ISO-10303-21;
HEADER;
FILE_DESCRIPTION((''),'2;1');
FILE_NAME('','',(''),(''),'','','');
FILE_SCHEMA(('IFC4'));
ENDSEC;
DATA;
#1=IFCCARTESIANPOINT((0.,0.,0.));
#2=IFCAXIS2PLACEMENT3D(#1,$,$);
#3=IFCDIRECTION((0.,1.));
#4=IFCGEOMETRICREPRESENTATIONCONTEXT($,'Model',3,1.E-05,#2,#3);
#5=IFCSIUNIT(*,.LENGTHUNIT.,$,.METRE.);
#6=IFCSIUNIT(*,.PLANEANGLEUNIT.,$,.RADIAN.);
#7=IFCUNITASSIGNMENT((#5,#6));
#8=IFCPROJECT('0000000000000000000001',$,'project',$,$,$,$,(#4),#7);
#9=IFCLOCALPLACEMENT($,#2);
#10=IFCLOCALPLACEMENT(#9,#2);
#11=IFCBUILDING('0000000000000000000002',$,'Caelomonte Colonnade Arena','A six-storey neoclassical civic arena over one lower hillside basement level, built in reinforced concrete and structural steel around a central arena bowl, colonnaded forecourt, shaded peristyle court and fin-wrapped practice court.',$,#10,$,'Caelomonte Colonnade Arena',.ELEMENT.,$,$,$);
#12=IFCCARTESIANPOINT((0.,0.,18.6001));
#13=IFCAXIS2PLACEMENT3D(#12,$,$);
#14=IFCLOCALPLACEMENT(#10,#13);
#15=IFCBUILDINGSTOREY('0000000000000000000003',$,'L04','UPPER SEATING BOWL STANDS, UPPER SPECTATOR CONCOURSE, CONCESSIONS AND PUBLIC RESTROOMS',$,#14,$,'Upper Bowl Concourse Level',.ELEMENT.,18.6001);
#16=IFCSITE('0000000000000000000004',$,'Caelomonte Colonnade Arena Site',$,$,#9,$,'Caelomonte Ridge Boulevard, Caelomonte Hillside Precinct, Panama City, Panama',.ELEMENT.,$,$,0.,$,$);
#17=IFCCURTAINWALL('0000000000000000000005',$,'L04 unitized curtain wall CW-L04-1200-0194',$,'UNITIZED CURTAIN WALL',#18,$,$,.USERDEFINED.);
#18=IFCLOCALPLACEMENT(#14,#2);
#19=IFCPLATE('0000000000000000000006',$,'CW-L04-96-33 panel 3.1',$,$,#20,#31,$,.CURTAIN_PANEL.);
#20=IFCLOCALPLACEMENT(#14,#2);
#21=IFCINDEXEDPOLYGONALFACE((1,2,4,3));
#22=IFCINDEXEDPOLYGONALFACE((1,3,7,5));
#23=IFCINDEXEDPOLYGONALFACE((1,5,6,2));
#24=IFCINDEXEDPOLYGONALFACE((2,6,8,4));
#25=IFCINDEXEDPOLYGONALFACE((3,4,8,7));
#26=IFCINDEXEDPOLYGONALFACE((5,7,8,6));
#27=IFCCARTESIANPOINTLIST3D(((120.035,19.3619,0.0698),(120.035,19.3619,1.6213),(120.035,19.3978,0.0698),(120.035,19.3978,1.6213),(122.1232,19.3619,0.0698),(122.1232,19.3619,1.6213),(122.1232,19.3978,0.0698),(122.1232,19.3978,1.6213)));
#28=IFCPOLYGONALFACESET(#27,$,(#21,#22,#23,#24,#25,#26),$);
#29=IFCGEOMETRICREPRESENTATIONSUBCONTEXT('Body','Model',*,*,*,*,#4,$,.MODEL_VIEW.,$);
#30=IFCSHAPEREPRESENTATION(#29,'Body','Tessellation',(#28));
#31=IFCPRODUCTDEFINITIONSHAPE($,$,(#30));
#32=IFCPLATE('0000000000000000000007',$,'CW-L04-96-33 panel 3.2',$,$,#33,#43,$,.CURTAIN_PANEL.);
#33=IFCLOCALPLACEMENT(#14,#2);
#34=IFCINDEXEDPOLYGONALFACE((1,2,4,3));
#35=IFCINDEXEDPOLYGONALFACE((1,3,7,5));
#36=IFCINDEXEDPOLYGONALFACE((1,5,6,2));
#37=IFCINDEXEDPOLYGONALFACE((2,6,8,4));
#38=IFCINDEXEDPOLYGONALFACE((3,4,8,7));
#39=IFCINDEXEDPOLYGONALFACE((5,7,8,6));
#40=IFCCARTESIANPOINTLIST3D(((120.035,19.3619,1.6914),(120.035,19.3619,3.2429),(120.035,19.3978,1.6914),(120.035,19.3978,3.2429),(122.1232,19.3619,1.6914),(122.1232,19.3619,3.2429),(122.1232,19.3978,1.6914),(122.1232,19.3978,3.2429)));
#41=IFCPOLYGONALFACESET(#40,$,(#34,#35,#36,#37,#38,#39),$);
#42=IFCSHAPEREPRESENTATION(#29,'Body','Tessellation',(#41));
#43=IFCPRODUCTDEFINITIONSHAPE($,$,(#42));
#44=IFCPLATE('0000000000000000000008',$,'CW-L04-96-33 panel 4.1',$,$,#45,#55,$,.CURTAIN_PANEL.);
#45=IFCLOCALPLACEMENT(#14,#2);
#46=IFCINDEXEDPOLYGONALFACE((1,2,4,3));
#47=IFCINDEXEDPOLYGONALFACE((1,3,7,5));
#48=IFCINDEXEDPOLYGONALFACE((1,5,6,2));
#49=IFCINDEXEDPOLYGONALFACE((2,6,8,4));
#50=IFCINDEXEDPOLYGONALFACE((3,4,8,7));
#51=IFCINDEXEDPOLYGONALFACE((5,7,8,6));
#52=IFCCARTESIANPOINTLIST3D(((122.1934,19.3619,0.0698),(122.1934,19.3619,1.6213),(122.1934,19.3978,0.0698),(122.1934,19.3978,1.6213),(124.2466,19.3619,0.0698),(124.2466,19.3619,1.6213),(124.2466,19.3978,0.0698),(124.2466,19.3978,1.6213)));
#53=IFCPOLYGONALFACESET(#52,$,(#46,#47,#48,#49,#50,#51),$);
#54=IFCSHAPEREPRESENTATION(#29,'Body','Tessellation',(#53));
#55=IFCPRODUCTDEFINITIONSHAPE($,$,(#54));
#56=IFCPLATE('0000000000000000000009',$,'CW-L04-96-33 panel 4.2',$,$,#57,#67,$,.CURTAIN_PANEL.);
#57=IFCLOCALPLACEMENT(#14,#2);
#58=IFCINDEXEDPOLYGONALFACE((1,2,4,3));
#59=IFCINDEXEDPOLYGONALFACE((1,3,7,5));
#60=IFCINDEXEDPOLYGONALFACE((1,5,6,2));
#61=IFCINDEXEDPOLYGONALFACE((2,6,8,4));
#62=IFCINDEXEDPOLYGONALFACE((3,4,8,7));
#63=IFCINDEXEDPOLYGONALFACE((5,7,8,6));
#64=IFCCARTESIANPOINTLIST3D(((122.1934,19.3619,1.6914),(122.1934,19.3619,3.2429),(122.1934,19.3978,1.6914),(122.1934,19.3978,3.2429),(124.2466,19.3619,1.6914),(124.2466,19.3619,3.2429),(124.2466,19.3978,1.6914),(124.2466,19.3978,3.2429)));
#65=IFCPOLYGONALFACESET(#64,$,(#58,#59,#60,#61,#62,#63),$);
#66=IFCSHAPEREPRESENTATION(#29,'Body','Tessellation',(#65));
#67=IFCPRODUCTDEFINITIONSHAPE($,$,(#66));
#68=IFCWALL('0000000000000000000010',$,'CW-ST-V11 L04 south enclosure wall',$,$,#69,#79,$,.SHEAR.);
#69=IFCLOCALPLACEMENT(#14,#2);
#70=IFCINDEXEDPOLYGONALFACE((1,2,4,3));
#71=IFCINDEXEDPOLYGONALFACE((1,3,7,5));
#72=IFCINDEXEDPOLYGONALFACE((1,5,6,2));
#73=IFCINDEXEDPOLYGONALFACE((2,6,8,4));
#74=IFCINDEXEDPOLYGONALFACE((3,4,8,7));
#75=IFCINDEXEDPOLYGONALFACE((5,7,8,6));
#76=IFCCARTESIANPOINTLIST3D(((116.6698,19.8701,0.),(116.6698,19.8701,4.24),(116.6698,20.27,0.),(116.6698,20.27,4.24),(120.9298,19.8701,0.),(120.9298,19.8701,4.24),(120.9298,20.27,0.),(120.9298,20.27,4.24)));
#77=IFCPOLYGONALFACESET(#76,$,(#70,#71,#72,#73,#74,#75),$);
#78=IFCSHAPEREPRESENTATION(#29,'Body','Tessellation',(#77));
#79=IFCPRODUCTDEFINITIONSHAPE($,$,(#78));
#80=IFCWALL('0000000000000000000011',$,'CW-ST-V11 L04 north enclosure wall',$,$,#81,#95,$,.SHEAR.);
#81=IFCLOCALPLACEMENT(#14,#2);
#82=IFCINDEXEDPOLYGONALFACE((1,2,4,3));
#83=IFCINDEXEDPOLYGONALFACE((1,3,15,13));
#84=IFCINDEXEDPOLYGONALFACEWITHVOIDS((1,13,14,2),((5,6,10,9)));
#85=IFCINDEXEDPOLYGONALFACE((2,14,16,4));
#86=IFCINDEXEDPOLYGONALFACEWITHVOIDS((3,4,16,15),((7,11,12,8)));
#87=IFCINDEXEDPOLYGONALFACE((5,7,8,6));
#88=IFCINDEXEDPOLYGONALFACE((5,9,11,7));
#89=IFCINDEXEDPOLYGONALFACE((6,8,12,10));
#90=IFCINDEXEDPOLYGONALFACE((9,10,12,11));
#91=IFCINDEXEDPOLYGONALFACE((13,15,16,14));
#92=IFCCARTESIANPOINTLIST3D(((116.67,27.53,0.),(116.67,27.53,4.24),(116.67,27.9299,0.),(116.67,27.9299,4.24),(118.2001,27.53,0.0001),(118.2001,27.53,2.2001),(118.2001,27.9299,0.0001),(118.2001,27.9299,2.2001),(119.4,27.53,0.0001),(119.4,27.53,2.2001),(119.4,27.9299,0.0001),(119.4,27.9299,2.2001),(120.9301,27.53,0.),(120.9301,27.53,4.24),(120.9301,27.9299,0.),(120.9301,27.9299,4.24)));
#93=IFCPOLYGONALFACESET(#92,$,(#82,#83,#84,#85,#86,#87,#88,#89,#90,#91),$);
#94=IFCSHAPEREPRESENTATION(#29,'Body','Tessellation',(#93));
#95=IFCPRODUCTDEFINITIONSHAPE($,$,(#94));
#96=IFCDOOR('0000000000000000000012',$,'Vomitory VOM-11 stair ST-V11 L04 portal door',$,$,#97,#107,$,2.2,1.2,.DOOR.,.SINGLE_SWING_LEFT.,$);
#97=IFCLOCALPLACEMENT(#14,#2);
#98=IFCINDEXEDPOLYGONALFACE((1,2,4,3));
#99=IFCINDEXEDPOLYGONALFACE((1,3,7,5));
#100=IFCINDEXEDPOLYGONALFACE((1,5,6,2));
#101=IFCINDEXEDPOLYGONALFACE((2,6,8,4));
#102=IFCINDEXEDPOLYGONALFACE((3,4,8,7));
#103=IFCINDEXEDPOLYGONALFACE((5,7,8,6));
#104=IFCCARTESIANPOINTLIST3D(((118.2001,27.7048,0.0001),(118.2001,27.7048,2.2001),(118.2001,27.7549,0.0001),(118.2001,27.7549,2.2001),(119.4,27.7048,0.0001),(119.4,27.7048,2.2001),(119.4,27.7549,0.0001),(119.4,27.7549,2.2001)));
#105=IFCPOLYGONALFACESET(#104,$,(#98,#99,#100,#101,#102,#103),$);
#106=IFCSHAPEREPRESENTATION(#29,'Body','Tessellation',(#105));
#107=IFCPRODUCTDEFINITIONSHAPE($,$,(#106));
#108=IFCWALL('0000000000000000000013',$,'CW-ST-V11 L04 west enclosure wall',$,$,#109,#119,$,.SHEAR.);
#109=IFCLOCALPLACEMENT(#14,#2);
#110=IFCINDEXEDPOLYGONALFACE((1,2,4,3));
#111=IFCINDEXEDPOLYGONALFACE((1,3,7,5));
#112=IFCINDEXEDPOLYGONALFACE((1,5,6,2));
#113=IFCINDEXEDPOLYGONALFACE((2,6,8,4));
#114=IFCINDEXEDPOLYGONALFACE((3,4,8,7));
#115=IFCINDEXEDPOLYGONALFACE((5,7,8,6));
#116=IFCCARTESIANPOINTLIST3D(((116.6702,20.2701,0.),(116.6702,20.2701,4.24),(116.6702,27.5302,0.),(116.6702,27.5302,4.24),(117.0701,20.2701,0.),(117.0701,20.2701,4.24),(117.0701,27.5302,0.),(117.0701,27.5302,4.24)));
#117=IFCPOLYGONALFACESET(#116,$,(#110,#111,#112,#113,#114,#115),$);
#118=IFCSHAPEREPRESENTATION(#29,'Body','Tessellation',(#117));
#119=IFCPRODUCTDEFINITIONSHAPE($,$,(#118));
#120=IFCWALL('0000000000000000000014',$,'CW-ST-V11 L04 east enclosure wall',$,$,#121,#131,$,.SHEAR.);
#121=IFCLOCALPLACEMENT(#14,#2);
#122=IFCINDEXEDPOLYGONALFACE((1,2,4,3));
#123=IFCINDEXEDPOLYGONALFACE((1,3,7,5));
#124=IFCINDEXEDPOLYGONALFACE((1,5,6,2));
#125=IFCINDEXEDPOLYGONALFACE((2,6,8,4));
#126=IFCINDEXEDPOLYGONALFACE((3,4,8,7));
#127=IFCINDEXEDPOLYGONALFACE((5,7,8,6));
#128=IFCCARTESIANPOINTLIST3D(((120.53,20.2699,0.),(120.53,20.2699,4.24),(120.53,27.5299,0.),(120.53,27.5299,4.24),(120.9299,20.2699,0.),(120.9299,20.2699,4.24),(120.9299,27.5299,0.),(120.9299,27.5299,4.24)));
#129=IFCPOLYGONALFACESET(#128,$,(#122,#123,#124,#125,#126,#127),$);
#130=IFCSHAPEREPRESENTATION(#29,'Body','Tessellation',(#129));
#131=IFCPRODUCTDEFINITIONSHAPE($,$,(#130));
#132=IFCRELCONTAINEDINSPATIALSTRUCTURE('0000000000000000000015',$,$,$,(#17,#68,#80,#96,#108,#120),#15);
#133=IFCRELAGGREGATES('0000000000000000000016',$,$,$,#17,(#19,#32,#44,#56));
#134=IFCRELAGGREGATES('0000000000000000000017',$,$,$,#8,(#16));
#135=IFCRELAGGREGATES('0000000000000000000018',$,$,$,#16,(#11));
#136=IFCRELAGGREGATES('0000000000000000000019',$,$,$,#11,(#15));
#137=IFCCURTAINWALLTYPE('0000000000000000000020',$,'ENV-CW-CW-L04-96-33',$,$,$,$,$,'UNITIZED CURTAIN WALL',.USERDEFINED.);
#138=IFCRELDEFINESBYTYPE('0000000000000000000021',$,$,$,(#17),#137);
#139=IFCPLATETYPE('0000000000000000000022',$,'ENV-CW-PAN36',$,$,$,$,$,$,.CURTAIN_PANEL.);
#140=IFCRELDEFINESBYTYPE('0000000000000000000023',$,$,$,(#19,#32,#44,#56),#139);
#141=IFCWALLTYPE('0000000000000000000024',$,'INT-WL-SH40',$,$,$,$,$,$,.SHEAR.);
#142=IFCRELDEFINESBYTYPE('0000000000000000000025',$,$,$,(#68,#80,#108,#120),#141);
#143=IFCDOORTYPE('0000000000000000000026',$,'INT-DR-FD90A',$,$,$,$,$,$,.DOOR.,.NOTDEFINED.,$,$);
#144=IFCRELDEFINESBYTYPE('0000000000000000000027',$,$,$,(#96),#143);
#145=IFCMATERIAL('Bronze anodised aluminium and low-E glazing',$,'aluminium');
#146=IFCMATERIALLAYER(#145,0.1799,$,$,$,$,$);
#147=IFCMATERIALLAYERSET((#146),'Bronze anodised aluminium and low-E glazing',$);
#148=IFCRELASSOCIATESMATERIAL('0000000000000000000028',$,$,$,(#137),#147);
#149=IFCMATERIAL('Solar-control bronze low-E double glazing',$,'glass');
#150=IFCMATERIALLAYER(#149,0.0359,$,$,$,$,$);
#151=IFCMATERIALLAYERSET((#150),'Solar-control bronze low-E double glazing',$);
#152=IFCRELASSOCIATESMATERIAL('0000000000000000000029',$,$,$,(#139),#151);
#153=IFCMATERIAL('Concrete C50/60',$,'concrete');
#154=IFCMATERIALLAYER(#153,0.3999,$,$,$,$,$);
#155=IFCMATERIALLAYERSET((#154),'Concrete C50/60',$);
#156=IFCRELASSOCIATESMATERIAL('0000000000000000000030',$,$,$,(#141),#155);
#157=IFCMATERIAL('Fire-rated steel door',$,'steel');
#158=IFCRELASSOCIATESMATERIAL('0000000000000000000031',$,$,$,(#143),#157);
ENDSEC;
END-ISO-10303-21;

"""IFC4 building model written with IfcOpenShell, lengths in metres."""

from ifc_helpers import new_model, si_unit, direction, frame, frame_2d, origin, origin_2d, place, context, subcontext, project, spatial, rectangle, extrude, material, layer, layer_set, type_object, element, fill, aggregate, save


model = new_model("IFC4")

# Units and contexts
model_context = context("Model", 3, precision=1e-05, world=origin(), true_north=direction((0.0, 1.0)))
body_context = subcontext(model_context, "Body", "Model", "MODEL_VIEW")
ifc_project = project(units=[si_unit("LENGTHUNIT", "METRE"), si_unit("PLANEANGLEUNIT", "RADIAN")], contexts=[model_context])

# Site, building, storey
site_placement = place(None, origin())
site = spatial("IfcSite", under=ifc_project, at=site_placement, Name="Caelomonte Colonnade Arena Site", LongName="Caelomonte Ridge Boulevard, Caelomonte Hillside Precinct, Panama City, Panama", CompositionType="ELEMENT", RefElevation=0.0)
building_placement = place(site_placement, origin())
building = spatial("IfcBuilding", under=site, at=building_placement, Name="Caelomonte Colonnade Arena", Description="A six-storey neoclassical civic arena over one lower hillside basement level, built in reinforced concrete and structural steel around a central arena bowl, colonnaded forecourt, shaded peristyle court and fin-wrapped practice court.", LongName="Caelomonte Colonnade Arena", CompositionType="ELEMENT")
storey_placement = place(building_placement, frame((0.0, 0.0, 18.6001)))
storey = spatial("IfcBuildingStorey", under=building, at=storey_placement, Name="L04", Description="UPPER SEATING BOWL STANDS, UPPER SPECTATOR CONCOURSE, CONCESSIONS AND PUBLIC RESTROOMS", LongName="Upper Bowl Concourse Level", CompositionType="ELEMENT", Elevation=18.6001)

# Curtain wall
ifc_material_1 = material(Name="Bronze anodised aluminium and low-E glazing", Category="aluminium")
ifc_layer_1 = layer(ifc_material_1, 0.1799)
ifc_layer_set_1 = layer_set([ifc_layer_1], Name="Bronze anodised aluminium and low-E glazing")
curtain_wall_type = type_object("IfcCurtainWallType", Name="ENV-CW-CW-L04-96-33", ElementType="UNITIZED CURTAIN WALL", PredefinedType="USERDEFINED", material=ifc_layer_set_1)
curtain_wall_placement = place(storey_placement, origin())
curtain_wall = element("IfcCurtainWall", 1, at=curtain_wall_placement, inside=storey, type_object=curtain_wall_type, Name="L04 unitized curtain wall CW-L04-1200-0194", ObjectType="UNITIZED CURTAIN WALL", PredefinedType="USERDEFINED")

# Plates
ifc_material_2 = material(Name="Solar-control bronze low-E double glazing", Category="glass")
ifc_layer_2 = layer(ifc_material_2, 0.0359)
ifc_layer_set_2 = layer_set([ifc_layer_2], Name="Solar-control bronze low-E double glazing")
plate_type = type_object("IfcPlateType", Name="ENV-CW-PAN36", PredefinedType="CURTAIN_PANEL", material=ifc_layer_set_2)
plate_1_placement = place(storey_placement, frame((121.0791, 19.3799, 0.0698), z_axis=(0.0, 0.0, 1.0), x_axis=(1.0, 0.0, 0.0)))
plate_1 = element("IfcPlate", 2, at=plate_1_placement, type_object=plate_type, Name="CW-L04-96-33 panel 3.1", PredefinedType="CURTAIN_PANEL", context=body_context, shape_type="SweptSolid", body=[
    extrude(rectangle(XDim=2.0881, YDim=0.0359, at=origin_2d()), origin(), (0.0, 0.0, 1.0), 1.5515),
])
plate_2_placement = place(storey_placement, frame((121.0791, 19.3799, 1.6914), z_axis=(0.0, 0.0, 1.0), x_axis=(1.0, 0.0, 0.0)))
plate_2 = element("IfcPlate", 3, at=plate_2_placement, type_object=plate_type, Name="CW-L04-96-33 panel 3.2", PredefinedType="CURTAIN_PANEL", context=body_context, shape_type="SweptSolid", body=[
    extrude(rectangle(XDim=2.0881, YDim=0.0359, at=origin_2d()), origin(), (0.0, 0.0, 1.0), 1.5515),
])
plate_3_placement = place(storey_placement, frame((123.22, 19.3799, 0.0698), z_axis=(0.0, 0.0, 1.0), x_axis=(1.0, 0.0, 0.0)))
plate_3 = element("IfcPlate", 4, at=plate_3_placement, type_object=plate_type, Name="CW-L04-96-33 panel 4.1", PredefinedType="CURTAIN_PANEL", context=body_context, shape_type="SweptSolid", body=[
    extrude(rectangle(XDim=2.0532, YDim=0.0359, at=origin_2d()), origin(), (0.0, 0.0, 1.0), 1.5515),
])
plate_4_placement = place(storey_placement, frame((123.22, 19.3799, 1.6914), z_axis=(0.0, 0.0, 1.0), x_axis=(1.0, 0.0, 0.0)))
plate_4 = element("IfcPlate", 5, at=plate_4_placement, type_object=plate_type, Name="CW-L04-96-33 panel 4.2", PredefinedType="CURTAIN_PANEL", context=body_context, shape_type="SweptSolid", body=[
    extrude(rectangle(XDim=2.0532, YDim=0.0359, at=origin_2d()), origin(), (0.0, 0.0, 1.0), 1.5515),
])
aggregate(curtain_wall, [plate_1, plate_2, plate_3, plate_4])

# Wall
ifc_material_3 = material(Name="Concrete C50/60", Category="concrete")
ifc_layer_3 = layer(ifc_material_3, 0.3999)
ifc_layer_set_3 = layer_set([ifc_layer_3], Name="Concrete C50/60")
wall_type = type_object("IfcWallType", Name="INT-WL-SH40", PredefinedType="SHEAR", material=ifc_layer_set_3)
wall_1_placement = place(storey_placement, frame((116.6699, 20.0701, 0.0), z_axis=(0.0, 0.0, 1.0), x_axis=(1.0, 0.0, 0.0)))
element("IfcWall", 6, at=wall_1_placement, inside=storey, type_object=wall_type, Name="CW-ST-V11 L04 south enclosure wall", PredefinedType="SHEAR", context=body_context, shape_type="SweptSolid", body=[
    extrude(rectangle(XDim=4.26, YDim=0.3999, at=frame_2d((2.1299, 0.0))), origin(), (0.0, 0.0, 1.0), 4.24),
])

# Wall, opening, door
wall_2_placement = place(storey_placement, frame((120.9299, 27.73, 0.0), z_axis=(0.0, 0.0, 1.0), x_axis=(-1.0, 0.0, 0.0)))
wall_2 = element("IfcWall", 7, at=wall_2_placement, inside=storey, type_object=wall_type, Name="CW-ST-V11 L04 north enclosure wall", PredefinedType="SHEAR", context=body_context, shape_type="SweptSolid", body=[
    extrude(rectangle(XDim=4.26, YDim=0.3999, at=frame_2d((2.1299, 0.0))), origin(), (0.0, 0.0, 1.0), 4.24),
])
opening_placement = place(wall_2_placement, frame((2.73, 0.0, 0.0), z_axis=(0.0, 0.0, 1.0), x_axis=(-1.0, 0.0, 0.0)))
opening = element("IfcOpeningElement", 8, at=opening_placement, cuts=wall_2, PredefinedType="OPENING", context=body_context, shape_type="SweptSolid", body=[
    extrude(rectangle(XDim=1.2, YDim=2.2, at=frame_2d((0.6001, 1.1001))), frame((0.0, 0.21, 0.0), z_axis=(0.0, -1.0, 0.0), x_axis=(1.0, 0.0, 0.0)), (0.0, 0.0, 1.0), 0.4199),
])
ifc_material_4 = material(Name="Fire-rated steel door", Category="steel")
door_type = type_object("IfcDoorType", Name="INT-DR-FD90A", OperationType="NOTDEFINED", PredefinedType="DOOR", material=ifc_material_4)
door_placement = place(opening_placement, origin())
door = element("IfcDoor", 9, at=door_placement, inside=storey, type_object=door_type, Name="Vomitory VOM-11 stair ST-V11 L04 portal door", OperationType="SINGLE_SWING_LEFT", OverallHeight=2.2, OverallWidth=1.2, PredefinedType="DOOR", context=body_context, shape_type="SweptSolid", body=[
    extrude(rectangle(XDim=1.2, YDim=2.2, at=frame_2d((0.6001, 1.1001))), frame((0.0, 0.0249, 0.0), z_axis=(0.0, -1.0, 0.0), x_axis=(1.0, 0.0, 0.0)), (0.0, 0.0, 1.0), 0.05),
])
fill(opening, door)

# Walls
for number, where, z_axis, x_axis, name in (
    (10, (116.8701, 27.53, 0.0), (0.0, 0.0, 1.0), (0.0, -1.0, 0.0), "CW-ST-V11 L04 west enclosure wall"),
    (11, (120.73, 20.27, 0.0), (0.0, 0.0, 1.0), (0.0, 1.0, 0.0), "CW-ST-V11 L04 east enclosure wall"),
):
    element("IfcWall", number, at=place(storey_placement, frame(where, z_axis=z_axis, x_axis=x_axis)), inside=storey, type_object=wall_type, Name=name, PredefinedType="SHEAR", context=body_context, shape_type="SweptSolid", body=[
        extrude(rectangle(XDim=7.26, YDim=0.3999, at=frame_2d((3.6299, 0.0))), origin(), (0.0, 0.0, 1.0), 4.24),
    ])

save(model, "model.ifc")
